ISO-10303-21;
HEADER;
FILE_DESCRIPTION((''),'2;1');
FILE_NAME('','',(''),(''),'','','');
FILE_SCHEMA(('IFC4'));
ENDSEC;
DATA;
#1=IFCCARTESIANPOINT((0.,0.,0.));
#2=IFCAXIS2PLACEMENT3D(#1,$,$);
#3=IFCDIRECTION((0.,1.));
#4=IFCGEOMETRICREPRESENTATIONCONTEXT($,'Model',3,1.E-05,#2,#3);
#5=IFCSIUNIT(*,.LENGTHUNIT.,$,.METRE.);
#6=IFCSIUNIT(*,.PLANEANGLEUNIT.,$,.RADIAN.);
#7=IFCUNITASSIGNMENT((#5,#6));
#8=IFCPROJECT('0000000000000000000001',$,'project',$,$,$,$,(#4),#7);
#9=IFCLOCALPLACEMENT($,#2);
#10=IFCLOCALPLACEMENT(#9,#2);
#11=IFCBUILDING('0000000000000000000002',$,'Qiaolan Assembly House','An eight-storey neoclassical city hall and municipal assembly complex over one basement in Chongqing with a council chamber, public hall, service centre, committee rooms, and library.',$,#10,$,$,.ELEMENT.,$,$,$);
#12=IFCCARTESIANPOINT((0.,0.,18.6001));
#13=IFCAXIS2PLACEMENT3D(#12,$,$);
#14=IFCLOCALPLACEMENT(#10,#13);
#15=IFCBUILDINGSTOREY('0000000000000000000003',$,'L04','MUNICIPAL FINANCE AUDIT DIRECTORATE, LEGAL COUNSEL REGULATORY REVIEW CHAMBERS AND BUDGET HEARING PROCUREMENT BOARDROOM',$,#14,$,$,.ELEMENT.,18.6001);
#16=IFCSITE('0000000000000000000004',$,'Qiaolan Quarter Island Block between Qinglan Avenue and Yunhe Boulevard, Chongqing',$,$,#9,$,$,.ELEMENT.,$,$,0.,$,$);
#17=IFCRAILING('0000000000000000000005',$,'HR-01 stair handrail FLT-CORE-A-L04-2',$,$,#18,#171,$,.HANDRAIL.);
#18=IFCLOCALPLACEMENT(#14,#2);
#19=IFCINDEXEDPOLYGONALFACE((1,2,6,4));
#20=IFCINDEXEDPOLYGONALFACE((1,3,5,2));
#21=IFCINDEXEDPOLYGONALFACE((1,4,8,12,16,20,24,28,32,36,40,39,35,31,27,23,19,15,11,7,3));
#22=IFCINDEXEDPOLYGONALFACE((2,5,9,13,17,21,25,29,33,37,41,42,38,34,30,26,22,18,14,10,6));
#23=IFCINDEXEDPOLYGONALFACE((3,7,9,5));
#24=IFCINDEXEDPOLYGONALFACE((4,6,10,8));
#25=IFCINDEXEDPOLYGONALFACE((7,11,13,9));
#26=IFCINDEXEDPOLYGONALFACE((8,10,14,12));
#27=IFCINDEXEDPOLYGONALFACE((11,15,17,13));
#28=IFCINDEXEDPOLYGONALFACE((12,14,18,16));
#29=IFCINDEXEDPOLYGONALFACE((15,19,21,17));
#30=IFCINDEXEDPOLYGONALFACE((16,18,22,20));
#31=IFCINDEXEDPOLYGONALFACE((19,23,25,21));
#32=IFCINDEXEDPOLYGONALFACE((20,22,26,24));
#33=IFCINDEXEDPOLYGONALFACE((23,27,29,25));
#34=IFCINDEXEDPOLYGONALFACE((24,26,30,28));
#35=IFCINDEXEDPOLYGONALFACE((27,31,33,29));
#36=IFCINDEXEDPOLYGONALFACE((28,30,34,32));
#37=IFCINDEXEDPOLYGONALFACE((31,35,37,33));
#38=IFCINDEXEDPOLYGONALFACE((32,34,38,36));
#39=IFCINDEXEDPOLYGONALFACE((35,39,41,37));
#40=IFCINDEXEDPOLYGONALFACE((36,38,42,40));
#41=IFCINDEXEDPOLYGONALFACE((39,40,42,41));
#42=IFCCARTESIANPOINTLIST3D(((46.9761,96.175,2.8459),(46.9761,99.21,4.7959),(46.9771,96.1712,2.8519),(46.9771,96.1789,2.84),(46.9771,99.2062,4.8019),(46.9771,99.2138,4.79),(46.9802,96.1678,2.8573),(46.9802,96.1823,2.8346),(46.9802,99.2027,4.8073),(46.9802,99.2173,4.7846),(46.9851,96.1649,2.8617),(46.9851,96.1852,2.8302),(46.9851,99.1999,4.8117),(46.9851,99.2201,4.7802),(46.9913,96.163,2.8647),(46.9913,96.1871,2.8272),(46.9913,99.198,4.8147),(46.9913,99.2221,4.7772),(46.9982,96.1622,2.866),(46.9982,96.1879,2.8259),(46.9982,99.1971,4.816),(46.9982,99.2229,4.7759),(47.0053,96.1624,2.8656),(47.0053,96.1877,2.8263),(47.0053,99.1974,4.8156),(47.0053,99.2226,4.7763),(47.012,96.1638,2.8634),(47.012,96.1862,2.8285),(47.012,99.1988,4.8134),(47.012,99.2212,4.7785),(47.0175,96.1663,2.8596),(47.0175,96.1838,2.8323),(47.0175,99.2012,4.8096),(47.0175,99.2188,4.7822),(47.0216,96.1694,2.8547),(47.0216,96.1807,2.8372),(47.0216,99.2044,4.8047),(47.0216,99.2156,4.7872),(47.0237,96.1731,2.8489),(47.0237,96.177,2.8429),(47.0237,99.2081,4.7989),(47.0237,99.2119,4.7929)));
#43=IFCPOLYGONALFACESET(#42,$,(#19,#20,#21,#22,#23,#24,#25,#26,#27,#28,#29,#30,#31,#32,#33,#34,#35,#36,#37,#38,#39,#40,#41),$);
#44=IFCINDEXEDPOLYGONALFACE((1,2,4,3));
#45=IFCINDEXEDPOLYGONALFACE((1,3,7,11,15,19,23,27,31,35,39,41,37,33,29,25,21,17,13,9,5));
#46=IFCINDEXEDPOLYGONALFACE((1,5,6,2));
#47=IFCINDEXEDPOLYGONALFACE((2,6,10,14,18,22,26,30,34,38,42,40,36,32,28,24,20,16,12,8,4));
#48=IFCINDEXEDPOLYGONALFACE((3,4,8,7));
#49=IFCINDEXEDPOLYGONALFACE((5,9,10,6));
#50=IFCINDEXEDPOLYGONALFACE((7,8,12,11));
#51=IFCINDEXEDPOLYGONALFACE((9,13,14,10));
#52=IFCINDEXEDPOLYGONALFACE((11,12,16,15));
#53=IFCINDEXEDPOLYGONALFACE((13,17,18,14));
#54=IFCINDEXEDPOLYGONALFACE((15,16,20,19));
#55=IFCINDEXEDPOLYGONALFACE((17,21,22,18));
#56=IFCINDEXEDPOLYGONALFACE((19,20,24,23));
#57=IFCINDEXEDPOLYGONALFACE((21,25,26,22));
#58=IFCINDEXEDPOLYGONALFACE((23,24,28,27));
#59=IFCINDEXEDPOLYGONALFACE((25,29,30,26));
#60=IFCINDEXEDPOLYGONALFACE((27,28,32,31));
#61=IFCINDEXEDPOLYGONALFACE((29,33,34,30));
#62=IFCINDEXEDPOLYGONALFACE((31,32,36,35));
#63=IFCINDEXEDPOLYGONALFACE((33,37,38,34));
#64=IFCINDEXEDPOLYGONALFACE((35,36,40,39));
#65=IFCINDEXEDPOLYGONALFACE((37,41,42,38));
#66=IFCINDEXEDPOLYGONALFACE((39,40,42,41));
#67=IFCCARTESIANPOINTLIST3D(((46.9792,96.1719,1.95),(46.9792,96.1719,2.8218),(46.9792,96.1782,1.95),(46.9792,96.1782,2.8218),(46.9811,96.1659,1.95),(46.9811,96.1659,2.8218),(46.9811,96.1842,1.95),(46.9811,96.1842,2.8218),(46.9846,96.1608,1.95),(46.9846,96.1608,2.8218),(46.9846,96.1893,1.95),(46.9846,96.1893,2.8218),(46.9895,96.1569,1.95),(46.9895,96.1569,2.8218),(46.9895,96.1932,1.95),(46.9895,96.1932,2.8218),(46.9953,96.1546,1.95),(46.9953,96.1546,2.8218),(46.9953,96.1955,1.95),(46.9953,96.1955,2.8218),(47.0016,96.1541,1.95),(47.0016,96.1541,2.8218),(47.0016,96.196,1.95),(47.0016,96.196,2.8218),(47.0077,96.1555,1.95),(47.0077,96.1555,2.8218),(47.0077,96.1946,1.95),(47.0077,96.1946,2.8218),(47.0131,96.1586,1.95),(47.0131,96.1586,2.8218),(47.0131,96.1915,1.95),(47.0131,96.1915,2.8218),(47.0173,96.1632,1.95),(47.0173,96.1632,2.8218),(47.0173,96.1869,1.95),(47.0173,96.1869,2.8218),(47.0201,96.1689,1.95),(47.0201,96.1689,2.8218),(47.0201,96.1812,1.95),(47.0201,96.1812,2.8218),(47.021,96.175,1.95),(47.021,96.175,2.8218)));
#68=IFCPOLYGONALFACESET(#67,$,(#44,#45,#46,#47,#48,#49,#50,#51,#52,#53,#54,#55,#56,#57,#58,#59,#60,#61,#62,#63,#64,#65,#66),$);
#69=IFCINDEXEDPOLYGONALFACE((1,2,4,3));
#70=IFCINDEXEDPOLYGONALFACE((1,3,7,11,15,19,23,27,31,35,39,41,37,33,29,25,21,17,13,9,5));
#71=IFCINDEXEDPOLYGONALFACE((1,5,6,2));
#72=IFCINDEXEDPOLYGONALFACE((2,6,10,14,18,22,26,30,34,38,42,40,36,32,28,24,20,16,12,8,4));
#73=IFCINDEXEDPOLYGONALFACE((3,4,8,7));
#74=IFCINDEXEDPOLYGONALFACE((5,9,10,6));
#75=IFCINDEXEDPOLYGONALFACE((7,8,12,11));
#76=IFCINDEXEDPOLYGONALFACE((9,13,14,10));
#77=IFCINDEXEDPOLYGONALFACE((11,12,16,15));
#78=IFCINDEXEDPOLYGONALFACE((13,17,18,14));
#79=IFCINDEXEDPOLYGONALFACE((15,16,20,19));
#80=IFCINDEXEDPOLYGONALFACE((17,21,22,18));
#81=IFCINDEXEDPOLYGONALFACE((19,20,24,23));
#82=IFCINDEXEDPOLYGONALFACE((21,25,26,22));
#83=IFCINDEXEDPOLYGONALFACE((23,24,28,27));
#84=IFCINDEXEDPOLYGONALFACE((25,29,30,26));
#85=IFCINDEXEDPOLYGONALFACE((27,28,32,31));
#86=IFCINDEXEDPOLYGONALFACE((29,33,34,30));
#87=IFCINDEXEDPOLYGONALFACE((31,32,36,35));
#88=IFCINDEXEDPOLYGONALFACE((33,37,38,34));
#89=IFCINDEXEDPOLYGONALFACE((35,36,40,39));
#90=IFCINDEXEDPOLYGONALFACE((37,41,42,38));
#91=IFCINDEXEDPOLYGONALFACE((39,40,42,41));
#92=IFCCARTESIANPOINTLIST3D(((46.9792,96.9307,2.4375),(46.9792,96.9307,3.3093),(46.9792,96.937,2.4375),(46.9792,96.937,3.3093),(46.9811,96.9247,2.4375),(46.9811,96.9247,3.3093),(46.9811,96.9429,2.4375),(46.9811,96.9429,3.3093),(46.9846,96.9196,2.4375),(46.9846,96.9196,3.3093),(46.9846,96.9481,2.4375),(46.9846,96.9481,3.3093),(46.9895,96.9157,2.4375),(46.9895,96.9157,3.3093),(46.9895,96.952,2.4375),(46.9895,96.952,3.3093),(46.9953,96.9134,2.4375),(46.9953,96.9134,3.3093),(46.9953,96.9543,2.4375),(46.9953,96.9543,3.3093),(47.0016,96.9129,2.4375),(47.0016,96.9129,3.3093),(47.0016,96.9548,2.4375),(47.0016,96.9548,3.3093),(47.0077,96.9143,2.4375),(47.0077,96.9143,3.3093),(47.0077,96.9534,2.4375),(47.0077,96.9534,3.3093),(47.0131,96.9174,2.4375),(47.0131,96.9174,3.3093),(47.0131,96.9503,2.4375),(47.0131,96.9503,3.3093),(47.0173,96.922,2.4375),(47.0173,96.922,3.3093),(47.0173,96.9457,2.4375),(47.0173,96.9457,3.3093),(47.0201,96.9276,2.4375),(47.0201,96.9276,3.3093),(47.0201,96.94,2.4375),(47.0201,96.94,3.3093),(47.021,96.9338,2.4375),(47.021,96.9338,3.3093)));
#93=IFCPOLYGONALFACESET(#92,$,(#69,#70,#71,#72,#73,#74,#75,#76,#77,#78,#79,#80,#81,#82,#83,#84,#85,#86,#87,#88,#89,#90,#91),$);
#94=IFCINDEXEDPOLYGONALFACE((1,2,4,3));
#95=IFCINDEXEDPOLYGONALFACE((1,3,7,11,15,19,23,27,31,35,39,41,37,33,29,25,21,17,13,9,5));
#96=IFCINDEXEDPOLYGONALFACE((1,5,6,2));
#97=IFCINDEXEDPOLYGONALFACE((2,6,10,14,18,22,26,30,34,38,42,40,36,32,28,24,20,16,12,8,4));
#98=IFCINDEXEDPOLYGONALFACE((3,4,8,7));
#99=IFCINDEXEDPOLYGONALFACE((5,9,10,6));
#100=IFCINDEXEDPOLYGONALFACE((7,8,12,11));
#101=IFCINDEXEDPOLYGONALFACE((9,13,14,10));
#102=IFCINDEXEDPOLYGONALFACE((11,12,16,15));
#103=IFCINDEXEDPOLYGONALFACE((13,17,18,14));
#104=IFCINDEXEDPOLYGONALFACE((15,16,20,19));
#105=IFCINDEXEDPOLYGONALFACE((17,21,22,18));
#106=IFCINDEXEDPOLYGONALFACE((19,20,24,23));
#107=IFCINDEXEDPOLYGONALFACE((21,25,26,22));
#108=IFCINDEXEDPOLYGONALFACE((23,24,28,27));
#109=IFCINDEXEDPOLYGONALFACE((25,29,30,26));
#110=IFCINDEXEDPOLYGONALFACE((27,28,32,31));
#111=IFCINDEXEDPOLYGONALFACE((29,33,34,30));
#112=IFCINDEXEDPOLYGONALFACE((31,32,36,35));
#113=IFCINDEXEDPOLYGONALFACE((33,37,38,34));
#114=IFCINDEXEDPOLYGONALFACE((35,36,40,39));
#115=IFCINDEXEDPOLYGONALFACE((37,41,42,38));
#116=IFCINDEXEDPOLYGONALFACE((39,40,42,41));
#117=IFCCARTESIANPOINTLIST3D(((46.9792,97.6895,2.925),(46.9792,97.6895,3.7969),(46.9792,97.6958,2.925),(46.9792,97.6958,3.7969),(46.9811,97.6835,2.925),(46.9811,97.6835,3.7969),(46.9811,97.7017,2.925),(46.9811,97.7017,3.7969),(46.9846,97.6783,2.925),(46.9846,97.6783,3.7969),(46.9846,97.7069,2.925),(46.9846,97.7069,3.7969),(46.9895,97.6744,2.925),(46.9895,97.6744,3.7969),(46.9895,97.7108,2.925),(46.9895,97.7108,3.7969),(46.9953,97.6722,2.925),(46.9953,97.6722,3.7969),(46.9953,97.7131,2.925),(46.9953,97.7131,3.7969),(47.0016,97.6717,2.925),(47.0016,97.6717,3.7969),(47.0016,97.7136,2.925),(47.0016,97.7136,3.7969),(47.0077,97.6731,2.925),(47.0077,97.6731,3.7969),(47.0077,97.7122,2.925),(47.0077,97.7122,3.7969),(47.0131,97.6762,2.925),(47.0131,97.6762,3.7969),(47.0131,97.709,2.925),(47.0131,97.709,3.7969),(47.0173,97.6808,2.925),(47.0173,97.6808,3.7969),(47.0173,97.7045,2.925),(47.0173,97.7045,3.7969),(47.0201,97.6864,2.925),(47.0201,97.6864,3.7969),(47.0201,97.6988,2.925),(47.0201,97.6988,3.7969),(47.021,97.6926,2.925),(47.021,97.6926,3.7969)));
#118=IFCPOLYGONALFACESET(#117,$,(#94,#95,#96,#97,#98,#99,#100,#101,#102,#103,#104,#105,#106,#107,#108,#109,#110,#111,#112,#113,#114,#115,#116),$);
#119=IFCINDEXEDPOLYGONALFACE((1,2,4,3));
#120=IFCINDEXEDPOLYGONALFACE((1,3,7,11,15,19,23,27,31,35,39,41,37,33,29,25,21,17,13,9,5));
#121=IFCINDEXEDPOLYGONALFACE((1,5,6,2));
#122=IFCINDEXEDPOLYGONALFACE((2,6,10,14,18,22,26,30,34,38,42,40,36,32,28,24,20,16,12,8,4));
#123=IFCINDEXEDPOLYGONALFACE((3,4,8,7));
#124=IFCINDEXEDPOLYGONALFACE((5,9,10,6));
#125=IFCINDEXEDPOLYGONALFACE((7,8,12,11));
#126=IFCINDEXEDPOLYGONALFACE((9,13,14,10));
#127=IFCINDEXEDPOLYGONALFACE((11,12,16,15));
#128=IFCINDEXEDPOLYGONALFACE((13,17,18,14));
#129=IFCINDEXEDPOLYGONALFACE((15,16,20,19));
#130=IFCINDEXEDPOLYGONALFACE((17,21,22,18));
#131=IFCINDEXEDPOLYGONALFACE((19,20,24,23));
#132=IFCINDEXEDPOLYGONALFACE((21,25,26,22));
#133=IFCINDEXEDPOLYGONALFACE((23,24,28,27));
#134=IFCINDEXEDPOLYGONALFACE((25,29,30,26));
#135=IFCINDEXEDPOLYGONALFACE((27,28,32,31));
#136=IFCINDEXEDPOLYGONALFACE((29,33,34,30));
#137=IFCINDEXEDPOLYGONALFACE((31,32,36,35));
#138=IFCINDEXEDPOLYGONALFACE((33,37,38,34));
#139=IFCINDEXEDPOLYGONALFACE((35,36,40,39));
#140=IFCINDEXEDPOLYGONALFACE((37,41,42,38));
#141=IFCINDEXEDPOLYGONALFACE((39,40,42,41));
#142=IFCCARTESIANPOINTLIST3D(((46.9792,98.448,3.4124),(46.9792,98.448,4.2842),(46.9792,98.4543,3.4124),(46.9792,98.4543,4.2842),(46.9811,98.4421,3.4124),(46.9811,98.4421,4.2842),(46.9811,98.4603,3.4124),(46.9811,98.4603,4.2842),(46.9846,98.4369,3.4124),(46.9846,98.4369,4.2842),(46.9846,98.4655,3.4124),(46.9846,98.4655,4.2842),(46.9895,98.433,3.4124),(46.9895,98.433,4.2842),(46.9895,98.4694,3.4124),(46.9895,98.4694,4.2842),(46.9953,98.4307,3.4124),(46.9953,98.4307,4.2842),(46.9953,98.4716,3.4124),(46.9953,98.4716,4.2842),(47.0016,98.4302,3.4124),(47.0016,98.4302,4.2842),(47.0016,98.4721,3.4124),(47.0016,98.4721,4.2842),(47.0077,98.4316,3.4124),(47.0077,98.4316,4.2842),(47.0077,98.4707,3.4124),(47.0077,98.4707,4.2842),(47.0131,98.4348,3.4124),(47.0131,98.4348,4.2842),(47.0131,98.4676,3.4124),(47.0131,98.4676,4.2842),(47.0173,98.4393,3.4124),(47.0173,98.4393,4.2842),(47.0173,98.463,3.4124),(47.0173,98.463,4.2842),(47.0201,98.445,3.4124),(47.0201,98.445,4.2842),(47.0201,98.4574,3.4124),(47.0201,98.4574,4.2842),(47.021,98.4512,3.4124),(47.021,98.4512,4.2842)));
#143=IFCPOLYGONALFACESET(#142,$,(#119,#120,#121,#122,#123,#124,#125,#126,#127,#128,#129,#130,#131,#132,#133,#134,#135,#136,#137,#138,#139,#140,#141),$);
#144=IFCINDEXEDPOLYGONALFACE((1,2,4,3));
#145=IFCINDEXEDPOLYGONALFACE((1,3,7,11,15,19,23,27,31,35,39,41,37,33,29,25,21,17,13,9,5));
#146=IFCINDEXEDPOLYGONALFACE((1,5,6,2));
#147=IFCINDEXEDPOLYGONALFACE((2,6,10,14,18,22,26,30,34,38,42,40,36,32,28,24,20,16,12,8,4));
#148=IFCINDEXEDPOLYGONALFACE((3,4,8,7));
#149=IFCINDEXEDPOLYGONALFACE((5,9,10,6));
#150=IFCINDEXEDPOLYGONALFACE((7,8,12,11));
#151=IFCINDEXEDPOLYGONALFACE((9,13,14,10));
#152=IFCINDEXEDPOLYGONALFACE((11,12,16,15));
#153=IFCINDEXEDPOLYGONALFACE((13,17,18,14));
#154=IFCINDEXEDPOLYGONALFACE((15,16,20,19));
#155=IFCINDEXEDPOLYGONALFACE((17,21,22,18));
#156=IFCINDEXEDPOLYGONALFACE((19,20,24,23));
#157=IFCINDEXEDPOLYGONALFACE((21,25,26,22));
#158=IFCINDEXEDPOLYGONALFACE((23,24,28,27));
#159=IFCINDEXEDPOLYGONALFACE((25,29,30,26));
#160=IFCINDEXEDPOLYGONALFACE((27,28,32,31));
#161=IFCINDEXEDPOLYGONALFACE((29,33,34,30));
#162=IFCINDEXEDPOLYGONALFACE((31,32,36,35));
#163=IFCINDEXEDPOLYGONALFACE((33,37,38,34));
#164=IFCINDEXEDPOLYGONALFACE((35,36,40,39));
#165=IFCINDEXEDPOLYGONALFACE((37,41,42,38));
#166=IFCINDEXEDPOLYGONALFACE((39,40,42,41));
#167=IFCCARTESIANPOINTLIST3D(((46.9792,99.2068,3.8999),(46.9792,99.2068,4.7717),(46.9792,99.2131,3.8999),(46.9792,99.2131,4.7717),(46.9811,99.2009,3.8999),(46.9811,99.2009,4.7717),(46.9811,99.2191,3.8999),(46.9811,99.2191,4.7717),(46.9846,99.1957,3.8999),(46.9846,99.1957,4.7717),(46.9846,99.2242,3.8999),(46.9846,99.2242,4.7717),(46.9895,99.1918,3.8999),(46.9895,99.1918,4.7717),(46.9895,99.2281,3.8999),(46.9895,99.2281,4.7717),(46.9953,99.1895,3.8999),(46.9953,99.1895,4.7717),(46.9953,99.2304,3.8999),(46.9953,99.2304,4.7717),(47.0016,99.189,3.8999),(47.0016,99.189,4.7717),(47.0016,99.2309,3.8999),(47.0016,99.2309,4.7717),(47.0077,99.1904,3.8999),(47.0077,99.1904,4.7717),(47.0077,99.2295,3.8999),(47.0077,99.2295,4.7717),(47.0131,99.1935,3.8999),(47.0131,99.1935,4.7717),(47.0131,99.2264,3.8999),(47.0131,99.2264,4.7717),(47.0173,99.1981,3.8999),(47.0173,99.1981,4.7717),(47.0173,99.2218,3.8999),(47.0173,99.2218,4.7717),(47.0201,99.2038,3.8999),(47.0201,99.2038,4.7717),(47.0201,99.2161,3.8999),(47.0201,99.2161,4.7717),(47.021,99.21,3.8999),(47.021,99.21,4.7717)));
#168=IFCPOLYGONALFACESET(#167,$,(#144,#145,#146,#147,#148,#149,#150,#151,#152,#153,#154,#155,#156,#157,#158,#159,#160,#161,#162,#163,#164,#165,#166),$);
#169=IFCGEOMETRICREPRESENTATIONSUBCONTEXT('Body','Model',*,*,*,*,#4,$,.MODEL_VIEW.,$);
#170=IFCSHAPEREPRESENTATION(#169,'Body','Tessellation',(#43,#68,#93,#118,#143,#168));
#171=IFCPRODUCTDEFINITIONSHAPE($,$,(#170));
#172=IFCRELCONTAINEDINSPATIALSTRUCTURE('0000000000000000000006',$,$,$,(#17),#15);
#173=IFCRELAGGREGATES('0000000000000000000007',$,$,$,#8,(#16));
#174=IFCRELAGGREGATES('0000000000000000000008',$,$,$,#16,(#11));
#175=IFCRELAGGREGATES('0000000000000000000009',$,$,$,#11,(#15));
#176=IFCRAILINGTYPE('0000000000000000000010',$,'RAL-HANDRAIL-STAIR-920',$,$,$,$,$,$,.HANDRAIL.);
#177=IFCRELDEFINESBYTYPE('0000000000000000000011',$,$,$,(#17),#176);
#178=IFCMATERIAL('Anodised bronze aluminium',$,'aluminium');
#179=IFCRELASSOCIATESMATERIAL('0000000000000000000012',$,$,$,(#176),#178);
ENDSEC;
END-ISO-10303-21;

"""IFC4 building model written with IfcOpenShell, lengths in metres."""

from ifc_helpers import new_model, si_unit, direction, frame, origin, origin_2d, place, context, subcontext, project, spatial, circle, extrude, material, type_object, element, save


model = new_model("IFC4")

# Units and contexts
model_context = context("Model", 3, precision=1e-05, world=origin(), true_north=direction((0.0, 1.0)))
body_context = subcontext(model_context, "Body", "Model", "MODEL_VIEW")
ifc_project = project(units=[si_unit("LENGTHUNIT", "METRE"), si_unit("PLANEANGLEUNIT", "RADIAN")], contexts=[model_context])

# Site, building, storey
site_placement = place(None, origin())
site = spatial("IfcSite", under=ifc_project, at=site_placement, Name="Qiaolan Quarter Island Block between Qinglan Avenue and Yunhe Boulevard, Chongqing", CompositionType="ELEMENT", RefElevation=0.0)
building_placement = place(site_placement, origin())
building = spatial("IfcBuilding", under=site, at=building_placement, Name="Qiaolan Assembly House", Description="An eight-storey neoclassical city hall and municipal assembly complex over one basement in Chongqing with a council chamber, public hall, service centre, committee rooms, and library.", CompositionType="ELEMENT")
storey_placement = place(building_placement, frame((0.0, 0.0, 18.6001)))
storey = spatial("IfcBuildingStorey", under=building, at=storey_placement, Name="L04", Description="MUNICIPAL FINANCE AUDIT DIRECTORATE, LEGAL COUNSEL REGULATORY REVIEW CHAMBERS AND BUDGET HEARING PROCUREMENT BOARDROOM", CompositionType="ELEMENT", Elevation=18.6001)

# Shared definitions
ifc_material_1 = material(Name="Anodised bronze aluminium", Category="aluminium")

# Railing
railing_type_1 = type_object("IfcRailingType", Name="RAL-HANDRAIL-STAIR-920", PredefinedType="HANDRAIL", material=ifc_material_1)
railing_1_placement = place(storey_placement, frame((47.0, 96.175, 1.95)))
element("IfcRailing", 1, at=railing_1_placement, inside=storey, type_object=railing_type_1, Name="HR-01 stair handrail FLT-CORE-A-L04-2", PredefinedType="HANDRAIL", context=body_context, shape_type="SweptSolid", body=[
    extrude(circle(Radius=0.0239, at=origin_2d()), frame((0.0, 0.0, 0.896), z_axis=(0.0, 0.841313, 0.540549), x_axis=(-1.0, 0.0, 0.0)), (0.0, 0.0, 1.0), 3.6074),
    extrude(circle(Radius=0.021, at=origin_2d()), origin(), (0.0, 0.0, 1.0), 0.8718),
    extrude(circle(Radius=0.021, at=origin_2d()), frame((0.0, 0.7588, 0.4875)), (0.0, 0.0, 1.0), 0.8718),
    extrude(circle(Radius=0.021, at=origin_2d()), frame((0.0, 1.5176, 0.9751)), (0.0, 0.0, 1.0), 0.8718),
    extrude(circle(Radius=0.021, at=origin_2d()), frame((0.0, 2.2761, 1.4624)), (0.0, 0.0, 1.0), 0.8718),
    extrude(circle(Radius=0.021, at=origin_2d()), frame((0.0, 3.0349, 1.95)), (0.0, 0.0, 1.0), 0.8718),
])

save(model, "model.ifc")
